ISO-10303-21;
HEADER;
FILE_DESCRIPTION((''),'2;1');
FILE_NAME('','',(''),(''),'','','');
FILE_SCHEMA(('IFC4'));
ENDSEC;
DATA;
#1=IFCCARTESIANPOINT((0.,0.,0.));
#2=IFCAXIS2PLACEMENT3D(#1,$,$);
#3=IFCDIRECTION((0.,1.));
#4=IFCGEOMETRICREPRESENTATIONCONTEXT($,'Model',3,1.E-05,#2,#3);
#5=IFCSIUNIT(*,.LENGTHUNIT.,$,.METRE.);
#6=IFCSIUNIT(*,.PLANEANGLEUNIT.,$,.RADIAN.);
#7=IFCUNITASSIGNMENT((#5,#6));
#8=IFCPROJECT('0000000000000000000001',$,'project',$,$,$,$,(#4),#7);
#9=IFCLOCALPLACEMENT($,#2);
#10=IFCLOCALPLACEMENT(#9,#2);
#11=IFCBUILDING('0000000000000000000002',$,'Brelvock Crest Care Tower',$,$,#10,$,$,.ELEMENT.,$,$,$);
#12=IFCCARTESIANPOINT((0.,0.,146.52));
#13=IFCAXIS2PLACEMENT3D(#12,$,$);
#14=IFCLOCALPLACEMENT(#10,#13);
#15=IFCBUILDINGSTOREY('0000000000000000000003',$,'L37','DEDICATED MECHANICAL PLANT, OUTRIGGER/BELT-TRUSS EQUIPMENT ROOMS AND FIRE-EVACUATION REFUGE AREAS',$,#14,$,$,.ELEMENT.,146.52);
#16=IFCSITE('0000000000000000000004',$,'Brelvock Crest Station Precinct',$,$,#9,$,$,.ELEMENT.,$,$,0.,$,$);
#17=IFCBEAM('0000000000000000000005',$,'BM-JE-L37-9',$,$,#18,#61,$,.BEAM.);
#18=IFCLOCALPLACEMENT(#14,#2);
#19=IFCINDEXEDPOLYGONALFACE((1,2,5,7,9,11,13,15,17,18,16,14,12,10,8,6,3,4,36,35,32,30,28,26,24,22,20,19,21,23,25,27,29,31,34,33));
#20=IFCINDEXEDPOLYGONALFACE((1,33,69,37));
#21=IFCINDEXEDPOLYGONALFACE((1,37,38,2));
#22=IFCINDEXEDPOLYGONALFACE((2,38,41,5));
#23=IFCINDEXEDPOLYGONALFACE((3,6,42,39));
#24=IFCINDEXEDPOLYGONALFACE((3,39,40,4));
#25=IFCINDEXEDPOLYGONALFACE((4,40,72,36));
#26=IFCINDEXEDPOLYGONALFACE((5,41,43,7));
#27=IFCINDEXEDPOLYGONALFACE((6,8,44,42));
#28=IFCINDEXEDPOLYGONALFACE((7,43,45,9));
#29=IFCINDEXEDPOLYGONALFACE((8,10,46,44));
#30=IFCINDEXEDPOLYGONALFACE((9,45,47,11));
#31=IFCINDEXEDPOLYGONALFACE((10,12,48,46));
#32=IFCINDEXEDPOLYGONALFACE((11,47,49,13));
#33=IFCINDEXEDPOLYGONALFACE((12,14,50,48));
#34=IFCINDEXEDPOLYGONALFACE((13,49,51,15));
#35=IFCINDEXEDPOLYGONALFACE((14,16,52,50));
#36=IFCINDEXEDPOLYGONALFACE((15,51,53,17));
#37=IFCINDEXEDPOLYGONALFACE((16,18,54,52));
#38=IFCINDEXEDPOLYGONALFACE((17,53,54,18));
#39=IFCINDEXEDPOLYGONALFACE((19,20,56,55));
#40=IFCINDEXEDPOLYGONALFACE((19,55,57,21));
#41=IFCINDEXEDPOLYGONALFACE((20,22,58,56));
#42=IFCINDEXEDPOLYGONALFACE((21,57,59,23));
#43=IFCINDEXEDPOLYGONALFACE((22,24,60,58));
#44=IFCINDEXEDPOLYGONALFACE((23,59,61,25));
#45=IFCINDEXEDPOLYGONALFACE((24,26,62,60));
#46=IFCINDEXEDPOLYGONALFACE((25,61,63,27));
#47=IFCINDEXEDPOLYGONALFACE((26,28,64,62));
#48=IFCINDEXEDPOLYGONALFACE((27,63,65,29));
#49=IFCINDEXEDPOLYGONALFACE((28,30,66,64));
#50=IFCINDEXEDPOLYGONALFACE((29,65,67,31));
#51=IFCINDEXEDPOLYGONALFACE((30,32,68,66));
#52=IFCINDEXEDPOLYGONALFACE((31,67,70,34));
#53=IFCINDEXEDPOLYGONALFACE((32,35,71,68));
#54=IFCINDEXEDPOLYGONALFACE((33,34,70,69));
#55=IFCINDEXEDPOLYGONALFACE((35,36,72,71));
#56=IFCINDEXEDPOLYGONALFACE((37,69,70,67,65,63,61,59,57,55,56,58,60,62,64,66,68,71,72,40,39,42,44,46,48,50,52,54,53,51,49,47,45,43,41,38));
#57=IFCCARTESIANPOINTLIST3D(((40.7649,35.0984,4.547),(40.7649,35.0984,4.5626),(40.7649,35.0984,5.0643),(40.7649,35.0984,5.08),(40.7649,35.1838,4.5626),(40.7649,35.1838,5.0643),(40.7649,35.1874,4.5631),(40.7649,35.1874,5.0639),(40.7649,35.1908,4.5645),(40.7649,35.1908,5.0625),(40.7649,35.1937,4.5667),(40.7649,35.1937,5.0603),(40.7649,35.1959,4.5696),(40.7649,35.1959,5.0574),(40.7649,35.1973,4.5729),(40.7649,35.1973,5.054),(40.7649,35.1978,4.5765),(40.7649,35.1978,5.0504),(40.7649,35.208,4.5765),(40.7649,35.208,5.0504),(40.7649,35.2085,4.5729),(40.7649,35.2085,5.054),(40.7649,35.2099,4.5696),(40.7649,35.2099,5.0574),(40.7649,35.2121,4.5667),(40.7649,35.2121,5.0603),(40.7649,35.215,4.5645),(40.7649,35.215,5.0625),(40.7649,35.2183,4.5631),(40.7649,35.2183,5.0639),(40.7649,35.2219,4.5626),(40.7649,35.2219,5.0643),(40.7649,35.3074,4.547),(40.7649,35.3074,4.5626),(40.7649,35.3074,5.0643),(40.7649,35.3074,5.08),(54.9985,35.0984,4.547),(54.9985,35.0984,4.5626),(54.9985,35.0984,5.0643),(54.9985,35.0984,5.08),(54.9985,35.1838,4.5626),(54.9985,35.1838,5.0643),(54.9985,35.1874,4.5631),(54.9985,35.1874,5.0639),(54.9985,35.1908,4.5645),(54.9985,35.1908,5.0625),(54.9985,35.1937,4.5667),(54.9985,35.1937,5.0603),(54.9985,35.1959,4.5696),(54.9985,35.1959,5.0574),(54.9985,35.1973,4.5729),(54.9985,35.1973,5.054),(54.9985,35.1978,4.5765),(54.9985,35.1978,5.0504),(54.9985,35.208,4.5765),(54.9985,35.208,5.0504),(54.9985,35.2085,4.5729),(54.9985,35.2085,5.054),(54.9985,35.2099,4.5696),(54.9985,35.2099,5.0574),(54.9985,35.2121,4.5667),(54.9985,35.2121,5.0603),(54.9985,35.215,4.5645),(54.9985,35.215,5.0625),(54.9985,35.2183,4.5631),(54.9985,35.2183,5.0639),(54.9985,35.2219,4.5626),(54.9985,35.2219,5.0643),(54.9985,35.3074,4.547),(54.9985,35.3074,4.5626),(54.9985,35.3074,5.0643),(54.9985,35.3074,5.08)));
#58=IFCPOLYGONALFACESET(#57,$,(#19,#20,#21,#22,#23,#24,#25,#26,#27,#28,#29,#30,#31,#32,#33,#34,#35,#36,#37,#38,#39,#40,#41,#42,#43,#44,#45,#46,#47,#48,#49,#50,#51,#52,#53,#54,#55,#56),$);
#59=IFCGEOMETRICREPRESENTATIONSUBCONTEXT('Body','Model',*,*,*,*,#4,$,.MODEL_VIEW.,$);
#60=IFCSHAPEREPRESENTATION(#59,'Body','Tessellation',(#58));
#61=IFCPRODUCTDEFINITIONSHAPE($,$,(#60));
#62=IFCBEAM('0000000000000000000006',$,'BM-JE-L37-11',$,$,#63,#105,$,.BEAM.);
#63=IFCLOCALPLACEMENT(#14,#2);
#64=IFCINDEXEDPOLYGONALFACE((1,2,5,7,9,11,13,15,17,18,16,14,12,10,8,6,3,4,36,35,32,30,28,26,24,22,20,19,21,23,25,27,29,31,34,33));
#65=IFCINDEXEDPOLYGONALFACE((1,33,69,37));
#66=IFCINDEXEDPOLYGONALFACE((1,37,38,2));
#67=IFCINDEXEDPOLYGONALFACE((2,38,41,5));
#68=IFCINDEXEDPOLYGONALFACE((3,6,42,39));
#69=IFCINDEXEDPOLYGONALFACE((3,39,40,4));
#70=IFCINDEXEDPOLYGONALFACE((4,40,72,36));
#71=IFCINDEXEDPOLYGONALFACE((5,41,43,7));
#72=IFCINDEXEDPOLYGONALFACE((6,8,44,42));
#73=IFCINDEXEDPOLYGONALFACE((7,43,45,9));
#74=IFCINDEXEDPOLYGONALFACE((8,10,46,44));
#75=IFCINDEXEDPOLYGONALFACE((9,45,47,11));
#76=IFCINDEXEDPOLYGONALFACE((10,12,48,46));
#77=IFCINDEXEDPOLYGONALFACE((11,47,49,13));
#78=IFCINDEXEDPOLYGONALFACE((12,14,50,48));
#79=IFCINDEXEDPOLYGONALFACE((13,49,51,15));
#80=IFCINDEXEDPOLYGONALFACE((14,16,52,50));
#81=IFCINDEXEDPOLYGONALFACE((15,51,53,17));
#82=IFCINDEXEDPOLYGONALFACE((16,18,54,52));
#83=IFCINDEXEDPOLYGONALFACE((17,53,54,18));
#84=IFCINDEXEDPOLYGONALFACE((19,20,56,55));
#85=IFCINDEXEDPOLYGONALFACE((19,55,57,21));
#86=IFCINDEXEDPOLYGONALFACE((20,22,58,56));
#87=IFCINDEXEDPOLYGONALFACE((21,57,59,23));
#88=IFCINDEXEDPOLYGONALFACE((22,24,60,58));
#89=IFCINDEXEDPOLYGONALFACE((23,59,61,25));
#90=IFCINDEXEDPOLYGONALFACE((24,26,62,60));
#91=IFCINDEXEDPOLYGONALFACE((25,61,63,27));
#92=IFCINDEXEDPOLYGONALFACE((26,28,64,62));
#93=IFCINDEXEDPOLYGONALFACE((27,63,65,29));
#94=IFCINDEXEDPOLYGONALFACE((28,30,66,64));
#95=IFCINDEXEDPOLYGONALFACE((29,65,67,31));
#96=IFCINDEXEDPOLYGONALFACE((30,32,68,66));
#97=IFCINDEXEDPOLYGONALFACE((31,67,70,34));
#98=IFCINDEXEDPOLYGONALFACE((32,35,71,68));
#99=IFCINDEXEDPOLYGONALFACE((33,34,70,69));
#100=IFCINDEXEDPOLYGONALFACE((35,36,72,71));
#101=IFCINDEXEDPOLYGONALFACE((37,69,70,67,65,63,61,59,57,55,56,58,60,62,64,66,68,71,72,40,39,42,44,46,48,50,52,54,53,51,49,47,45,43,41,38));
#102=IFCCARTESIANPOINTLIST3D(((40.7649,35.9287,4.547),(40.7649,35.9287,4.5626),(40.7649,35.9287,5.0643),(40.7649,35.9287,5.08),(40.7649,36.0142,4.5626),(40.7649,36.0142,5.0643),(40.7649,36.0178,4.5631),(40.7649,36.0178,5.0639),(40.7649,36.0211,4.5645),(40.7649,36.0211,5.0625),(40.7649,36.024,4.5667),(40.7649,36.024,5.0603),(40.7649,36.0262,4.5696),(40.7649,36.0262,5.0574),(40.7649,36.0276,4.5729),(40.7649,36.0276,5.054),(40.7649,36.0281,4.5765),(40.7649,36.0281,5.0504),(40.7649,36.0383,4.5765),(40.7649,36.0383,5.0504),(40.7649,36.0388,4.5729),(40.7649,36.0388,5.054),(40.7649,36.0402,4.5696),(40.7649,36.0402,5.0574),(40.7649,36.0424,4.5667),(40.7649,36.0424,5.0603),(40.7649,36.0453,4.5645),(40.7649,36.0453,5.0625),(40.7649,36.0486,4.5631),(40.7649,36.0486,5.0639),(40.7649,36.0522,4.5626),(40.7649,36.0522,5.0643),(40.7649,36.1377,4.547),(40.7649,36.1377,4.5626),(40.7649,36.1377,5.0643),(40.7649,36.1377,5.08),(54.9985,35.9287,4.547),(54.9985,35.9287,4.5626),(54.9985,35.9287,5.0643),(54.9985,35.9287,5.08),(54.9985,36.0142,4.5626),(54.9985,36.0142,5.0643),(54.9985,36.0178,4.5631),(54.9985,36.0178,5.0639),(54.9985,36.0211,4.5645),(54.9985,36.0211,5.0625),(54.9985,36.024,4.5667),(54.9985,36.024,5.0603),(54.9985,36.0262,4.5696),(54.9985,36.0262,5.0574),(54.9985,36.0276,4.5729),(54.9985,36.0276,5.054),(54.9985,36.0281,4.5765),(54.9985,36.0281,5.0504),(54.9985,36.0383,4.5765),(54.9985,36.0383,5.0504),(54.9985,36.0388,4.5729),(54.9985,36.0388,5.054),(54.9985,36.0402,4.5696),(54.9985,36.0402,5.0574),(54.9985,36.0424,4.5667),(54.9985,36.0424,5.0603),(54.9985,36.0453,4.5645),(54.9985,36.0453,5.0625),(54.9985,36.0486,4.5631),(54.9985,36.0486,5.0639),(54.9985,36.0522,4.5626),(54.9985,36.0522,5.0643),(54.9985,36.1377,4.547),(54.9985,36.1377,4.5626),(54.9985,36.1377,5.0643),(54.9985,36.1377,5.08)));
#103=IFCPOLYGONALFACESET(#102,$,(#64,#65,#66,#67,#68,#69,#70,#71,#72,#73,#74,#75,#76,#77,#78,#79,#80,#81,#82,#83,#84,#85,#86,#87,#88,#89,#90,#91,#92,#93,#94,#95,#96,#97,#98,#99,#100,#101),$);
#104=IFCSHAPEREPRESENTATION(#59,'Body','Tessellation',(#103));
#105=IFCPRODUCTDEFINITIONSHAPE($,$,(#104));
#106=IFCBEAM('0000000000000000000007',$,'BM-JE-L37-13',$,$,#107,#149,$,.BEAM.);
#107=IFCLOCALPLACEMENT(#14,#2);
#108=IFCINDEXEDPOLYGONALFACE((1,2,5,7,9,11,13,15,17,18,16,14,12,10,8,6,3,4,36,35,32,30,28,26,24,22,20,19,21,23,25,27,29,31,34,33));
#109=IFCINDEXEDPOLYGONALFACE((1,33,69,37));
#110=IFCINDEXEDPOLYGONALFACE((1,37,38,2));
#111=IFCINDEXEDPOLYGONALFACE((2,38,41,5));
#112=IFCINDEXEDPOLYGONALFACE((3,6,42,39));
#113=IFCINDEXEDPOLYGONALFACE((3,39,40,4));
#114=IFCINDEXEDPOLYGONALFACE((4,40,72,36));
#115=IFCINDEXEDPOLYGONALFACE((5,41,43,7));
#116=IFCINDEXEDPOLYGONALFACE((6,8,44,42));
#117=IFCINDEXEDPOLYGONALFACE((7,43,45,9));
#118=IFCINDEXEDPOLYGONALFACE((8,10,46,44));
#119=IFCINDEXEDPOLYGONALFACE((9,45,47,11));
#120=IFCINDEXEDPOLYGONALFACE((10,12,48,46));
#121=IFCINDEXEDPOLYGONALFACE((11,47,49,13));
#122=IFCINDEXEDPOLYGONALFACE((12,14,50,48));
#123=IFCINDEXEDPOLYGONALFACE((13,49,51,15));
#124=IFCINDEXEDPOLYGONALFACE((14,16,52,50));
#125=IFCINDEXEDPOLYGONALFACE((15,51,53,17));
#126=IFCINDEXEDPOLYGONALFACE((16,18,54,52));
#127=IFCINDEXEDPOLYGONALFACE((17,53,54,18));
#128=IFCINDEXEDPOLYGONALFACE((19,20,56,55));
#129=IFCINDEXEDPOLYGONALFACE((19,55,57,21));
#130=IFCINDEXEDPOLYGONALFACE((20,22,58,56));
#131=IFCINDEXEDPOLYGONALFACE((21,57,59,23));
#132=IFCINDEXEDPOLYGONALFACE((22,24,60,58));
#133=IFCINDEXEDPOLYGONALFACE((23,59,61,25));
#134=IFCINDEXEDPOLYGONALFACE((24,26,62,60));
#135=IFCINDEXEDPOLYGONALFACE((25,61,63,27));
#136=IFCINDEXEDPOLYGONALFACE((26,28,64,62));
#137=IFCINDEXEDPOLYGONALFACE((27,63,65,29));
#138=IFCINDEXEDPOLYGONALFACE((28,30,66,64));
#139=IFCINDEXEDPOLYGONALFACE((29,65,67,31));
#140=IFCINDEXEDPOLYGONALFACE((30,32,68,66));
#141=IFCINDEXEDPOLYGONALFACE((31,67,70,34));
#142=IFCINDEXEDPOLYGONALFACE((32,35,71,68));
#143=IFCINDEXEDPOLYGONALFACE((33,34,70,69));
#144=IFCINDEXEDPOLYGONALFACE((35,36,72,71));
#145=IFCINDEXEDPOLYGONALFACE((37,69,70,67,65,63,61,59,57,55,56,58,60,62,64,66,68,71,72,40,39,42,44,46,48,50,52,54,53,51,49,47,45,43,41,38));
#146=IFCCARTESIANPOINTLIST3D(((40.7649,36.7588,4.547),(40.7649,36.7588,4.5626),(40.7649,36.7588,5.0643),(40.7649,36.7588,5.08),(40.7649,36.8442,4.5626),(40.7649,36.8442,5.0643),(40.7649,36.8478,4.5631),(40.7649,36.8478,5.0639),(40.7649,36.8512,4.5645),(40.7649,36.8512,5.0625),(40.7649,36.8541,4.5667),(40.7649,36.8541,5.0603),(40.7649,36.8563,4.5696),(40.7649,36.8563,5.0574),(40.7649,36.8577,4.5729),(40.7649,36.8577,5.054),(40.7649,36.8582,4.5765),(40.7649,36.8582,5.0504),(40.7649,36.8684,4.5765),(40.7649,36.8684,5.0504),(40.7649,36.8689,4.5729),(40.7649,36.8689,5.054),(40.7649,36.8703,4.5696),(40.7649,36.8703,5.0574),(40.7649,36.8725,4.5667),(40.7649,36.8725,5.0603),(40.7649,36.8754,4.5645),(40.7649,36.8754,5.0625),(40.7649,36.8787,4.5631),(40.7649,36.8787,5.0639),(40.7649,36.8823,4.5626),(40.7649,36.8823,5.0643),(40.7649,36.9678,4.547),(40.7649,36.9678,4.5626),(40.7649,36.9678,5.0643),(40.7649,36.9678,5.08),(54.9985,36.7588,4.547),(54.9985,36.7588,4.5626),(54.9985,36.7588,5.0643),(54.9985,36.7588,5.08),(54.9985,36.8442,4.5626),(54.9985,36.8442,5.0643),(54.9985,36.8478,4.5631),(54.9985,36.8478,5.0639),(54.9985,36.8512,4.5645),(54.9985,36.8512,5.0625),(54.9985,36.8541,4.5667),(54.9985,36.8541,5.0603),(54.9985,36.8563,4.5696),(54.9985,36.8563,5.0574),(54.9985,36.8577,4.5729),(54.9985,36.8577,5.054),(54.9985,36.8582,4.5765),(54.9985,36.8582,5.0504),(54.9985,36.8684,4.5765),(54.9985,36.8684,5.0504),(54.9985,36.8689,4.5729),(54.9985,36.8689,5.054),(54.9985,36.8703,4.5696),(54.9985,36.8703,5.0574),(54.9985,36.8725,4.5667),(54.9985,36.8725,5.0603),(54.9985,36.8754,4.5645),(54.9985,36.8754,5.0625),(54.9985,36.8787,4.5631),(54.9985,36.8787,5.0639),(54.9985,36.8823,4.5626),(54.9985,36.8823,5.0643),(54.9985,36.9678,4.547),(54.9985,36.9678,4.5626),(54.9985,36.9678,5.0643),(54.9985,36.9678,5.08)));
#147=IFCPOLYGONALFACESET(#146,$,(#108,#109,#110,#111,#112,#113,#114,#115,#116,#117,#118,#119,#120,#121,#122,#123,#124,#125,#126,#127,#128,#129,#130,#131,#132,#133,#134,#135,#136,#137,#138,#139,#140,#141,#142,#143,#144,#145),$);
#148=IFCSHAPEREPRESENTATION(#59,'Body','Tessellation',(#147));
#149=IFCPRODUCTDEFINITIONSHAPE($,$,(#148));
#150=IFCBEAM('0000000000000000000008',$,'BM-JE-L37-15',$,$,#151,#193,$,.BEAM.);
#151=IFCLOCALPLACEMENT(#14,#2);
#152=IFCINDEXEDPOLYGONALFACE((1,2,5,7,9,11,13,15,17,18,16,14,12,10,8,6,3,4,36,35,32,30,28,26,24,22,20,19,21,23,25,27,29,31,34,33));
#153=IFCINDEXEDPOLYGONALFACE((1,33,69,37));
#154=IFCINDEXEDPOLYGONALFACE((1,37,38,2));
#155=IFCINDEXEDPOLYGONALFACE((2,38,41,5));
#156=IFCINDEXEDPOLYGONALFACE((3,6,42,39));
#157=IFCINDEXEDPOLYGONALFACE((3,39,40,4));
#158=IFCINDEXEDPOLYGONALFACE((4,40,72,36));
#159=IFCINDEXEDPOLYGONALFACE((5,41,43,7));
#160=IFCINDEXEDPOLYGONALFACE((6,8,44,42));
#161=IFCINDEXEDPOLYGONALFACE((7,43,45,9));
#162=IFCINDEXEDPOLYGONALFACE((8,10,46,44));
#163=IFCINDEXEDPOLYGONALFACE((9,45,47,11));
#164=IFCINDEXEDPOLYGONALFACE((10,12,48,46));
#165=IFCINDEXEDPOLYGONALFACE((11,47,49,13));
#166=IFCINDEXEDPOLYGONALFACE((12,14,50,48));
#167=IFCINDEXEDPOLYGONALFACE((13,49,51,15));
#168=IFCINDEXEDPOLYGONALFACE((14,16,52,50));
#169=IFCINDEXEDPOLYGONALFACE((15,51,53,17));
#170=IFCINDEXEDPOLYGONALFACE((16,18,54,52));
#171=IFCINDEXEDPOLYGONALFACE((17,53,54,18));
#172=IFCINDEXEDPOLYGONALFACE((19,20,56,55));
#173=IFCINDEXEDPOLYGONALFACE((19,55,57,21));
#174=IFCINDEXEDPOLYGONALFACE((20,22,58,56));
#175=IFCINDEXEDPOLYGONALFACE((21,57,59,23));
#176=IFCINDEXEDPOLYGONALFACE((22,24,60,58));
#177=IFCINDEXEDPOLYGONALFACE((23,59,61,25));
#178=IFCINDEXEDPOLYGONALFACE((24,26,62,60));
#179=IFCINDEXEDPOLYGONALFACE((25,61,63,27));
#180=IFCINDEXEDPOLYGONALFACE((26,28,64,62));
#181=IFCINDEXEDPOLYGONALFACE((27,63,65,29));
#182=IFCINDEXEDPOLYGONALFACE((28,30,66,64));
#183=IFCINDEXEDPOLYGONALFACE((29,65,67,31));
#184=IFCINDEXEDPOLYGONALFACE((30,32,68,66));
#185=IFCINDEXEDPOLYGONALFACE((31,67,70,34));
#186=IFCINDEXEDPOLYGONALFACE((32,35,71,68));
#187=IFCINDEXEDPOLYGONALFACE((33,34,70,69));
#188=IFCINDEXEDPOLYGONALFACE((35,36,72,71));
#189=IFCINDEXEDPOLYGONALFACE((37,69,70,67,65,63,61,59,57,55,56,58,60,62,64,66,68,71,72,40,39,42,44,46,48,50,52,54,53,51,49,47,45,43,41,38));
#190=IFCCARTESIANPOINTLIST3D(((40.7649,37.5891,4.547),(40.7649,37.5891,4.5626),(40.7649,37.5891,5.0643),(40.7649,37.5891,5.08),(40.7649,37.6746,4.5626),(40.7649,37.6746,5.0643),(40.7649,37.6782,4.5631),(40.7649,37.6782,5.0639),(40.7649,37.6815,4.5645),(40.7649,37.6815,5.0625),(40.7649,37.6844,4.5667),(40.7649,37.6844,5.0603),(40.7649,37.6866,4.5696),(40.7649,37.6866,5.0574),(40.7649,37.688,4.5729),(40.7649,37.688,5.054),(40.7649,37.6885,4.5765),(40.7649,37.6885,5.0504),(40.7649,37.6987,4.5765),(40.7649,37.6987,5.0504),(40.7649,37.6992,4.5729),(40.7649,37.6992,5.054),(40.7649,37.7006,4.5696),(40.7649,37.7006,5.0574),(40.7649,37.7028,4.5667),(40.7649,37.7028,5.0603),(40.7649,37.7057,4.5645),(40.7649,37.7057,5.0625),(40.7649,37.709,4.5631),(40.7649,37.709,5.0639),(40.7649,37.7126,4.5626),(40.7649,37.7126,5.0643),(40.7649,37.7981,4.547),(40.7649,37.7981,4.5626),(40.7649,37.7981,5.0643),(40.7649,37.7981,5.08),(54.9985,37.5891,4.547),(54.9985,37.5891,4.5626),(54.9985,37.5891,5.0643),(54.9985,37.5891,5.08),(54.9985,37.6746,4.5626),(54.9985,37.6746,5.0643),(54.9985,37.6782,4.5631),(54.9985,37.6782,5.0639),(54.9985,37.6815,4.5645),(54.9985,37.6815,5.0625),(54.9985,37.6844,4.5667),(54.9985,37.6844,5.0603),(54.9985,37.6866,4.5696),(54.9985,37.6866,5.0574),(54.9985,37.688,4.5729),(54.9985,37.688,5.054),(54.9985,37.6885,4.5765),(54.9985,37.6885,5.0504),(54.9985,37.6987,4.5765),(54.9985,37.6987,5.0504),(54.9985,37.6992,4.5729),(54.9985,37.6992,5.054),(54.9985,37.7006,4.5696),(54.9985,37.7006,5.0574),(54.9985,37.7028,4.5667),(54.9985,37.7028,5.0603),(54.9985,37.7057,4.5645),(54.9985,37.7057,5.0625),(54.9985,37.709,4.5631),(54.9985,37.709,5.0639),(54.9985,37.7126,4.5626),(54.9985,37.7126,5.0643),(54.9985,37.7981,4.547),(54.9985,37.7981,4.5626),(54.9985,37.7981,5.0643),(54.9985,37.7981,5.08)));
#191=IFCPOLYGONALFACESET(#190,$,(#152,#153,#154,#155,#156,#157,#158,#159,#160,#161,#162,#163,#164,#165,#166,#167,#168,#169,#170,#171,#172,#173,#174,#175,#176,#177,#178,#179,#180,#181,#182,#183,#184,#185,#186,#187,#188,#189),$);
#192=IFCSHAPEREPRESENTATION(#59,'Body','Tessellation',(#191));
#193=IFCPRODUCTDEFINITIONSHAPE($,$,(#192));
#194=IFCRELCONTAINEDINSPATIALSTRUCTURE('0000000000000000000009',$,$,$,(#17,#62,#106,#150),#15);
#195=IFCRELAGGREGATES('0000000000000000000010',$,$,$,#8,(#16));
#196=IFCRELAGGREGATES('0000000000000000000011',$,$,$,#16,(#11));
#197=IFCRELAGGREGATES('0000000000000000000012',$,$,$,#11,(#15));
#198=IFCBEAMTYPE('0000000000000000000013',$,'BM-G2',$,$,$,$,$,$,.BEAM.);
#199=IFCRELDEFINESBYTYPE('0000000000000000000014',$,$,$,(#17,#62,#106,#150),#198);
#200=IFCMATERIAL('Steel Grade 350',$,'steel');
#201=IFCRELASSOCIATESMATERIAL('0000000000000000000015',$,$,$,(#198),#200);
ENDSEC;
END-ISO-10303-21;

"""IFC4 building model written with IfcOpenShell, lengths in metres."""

from ifc_helpers import new_model, si_unit, direction, frame, origin, origin_2d, place, context, subcontext, project, spatial, i_section, extrude, source, transform, mapped, material, material_profile, profile_set, type_object, element, save


model = new_model("IFC4")

# Units and contexts
model_context = context("Model", 3, precision=1e-05, world=origin(), true_north=direction((0.0, 1.0)))
body_context = subcontext(model_context, "Body", "Model", "MODEL_VIEW")
ifc_project = project(units=[si_unit("LENGTHUNIT", "METRE"), si_unit("PLANEANGLEUNIT", "RADIAN")], contexts=[model_context])

# Site, building, storey
site_placement = place(None, origin())
site = spatial("IfcSite", under=ifc_project, at=site_placement, Name="Brelvock Crest Station Precinct", CompositionType="ELEMENT", RefElevation=0.0)
building_placement = place(site_placement, origin())
building = spatial("IfcBuilding", under=site, at=building_placement, Name="Brelvock Crest Care Tower", CompositionType="ELEMENT")
storey_placement = place(building_placement, frame((0.0, 0.0, 146.52)))
storey = spatial("IfcBuildingStorey", under=building, at=storey_placement, Name="L37", Description="DEDICATED MECHANICAL PLANT, OUTRIGGER/BELT-TRUSS EQUIPMENT ROOMS AND FIRE-EVACUATION REFUGE AREAS", CompositionType="ELEMENT", Elevation=146.52)

# Shared definitions
ifc_material_1 = material(Name="Steel Grade 350", Category="steel")

# Beams
ifc_material_profile_1 = material_profile(ifc_material_1, i_section(OverallWidth=0.209, OverallDepth=0.533, WebThickness=0.0103, FlangeThickness=0.0156, FilletRadius=0.0139, at=origin_2d()), Name="530UB92.4")
ifc_profile_set_1 = profile_set([ifc_material_profile_1], Name="Steel Grade 350")
beam_type_1 = type_object("IfcBeamType", Name="BM-G2", PredefinedType="BEAM", material=ifc_profile_set_1)
shared_shape_1 = source(origin(), body_context, "Body", "SweptSolid", [
    extrude(i_section(OverallWidth=0.209, OverallDepth=0.533, WebThickness=0.0103, FlangeThickness=0.0156, FilletRadius=0.0139, at=origin_2d()), origin(), (0.0, 0.0, 1.0), 14.2336),
])
for number, where, z_axis, x_axis, name in (
    (1, (40.7649, 35.2029, 4.8135), (1.0, 0.0, 0.0), (0.0, 1.0, 0.0), "BM-JE-L37-9"),
    (2, (40.7649, 36.0332, 4.8135), (1.0, 0.0, 0.0), (0.0, 1.0, 0.0), "BM-JE-L37-11"),
    (3, (40.7649, 36.8633, 4.8135), (1.0, 0.0, 0.0), (0.0, 1.0, 0.0), "BM-JE-L37-13"),
    (4, (40.7649, 37.6936, 4.8135), (1.0, 0.0, 0.0), (0.0, 1.0, 0.0), "BM-JE-L37-15"),
):
    element("IfcBeam", number, at=place(storey_placement, frame(where, z_axis=z_axis, x_axis=x_axis)), inside=storey, type_object=beam_type_1, Name=name, PredefinedType="BEAM", context=body_context, shape_type="MappedRepresentation", body=[
        mapped(shared_shape_1, transform((0.0, 0.0, 0.0), x_axis=(1.0, 0.0, 0.0), y_axis=(0.0, 1.0, 0.0), z_axis=(0.0, 0.0, 1.0), scale=1.0)),
    ])

save(model, "model.ifc")
